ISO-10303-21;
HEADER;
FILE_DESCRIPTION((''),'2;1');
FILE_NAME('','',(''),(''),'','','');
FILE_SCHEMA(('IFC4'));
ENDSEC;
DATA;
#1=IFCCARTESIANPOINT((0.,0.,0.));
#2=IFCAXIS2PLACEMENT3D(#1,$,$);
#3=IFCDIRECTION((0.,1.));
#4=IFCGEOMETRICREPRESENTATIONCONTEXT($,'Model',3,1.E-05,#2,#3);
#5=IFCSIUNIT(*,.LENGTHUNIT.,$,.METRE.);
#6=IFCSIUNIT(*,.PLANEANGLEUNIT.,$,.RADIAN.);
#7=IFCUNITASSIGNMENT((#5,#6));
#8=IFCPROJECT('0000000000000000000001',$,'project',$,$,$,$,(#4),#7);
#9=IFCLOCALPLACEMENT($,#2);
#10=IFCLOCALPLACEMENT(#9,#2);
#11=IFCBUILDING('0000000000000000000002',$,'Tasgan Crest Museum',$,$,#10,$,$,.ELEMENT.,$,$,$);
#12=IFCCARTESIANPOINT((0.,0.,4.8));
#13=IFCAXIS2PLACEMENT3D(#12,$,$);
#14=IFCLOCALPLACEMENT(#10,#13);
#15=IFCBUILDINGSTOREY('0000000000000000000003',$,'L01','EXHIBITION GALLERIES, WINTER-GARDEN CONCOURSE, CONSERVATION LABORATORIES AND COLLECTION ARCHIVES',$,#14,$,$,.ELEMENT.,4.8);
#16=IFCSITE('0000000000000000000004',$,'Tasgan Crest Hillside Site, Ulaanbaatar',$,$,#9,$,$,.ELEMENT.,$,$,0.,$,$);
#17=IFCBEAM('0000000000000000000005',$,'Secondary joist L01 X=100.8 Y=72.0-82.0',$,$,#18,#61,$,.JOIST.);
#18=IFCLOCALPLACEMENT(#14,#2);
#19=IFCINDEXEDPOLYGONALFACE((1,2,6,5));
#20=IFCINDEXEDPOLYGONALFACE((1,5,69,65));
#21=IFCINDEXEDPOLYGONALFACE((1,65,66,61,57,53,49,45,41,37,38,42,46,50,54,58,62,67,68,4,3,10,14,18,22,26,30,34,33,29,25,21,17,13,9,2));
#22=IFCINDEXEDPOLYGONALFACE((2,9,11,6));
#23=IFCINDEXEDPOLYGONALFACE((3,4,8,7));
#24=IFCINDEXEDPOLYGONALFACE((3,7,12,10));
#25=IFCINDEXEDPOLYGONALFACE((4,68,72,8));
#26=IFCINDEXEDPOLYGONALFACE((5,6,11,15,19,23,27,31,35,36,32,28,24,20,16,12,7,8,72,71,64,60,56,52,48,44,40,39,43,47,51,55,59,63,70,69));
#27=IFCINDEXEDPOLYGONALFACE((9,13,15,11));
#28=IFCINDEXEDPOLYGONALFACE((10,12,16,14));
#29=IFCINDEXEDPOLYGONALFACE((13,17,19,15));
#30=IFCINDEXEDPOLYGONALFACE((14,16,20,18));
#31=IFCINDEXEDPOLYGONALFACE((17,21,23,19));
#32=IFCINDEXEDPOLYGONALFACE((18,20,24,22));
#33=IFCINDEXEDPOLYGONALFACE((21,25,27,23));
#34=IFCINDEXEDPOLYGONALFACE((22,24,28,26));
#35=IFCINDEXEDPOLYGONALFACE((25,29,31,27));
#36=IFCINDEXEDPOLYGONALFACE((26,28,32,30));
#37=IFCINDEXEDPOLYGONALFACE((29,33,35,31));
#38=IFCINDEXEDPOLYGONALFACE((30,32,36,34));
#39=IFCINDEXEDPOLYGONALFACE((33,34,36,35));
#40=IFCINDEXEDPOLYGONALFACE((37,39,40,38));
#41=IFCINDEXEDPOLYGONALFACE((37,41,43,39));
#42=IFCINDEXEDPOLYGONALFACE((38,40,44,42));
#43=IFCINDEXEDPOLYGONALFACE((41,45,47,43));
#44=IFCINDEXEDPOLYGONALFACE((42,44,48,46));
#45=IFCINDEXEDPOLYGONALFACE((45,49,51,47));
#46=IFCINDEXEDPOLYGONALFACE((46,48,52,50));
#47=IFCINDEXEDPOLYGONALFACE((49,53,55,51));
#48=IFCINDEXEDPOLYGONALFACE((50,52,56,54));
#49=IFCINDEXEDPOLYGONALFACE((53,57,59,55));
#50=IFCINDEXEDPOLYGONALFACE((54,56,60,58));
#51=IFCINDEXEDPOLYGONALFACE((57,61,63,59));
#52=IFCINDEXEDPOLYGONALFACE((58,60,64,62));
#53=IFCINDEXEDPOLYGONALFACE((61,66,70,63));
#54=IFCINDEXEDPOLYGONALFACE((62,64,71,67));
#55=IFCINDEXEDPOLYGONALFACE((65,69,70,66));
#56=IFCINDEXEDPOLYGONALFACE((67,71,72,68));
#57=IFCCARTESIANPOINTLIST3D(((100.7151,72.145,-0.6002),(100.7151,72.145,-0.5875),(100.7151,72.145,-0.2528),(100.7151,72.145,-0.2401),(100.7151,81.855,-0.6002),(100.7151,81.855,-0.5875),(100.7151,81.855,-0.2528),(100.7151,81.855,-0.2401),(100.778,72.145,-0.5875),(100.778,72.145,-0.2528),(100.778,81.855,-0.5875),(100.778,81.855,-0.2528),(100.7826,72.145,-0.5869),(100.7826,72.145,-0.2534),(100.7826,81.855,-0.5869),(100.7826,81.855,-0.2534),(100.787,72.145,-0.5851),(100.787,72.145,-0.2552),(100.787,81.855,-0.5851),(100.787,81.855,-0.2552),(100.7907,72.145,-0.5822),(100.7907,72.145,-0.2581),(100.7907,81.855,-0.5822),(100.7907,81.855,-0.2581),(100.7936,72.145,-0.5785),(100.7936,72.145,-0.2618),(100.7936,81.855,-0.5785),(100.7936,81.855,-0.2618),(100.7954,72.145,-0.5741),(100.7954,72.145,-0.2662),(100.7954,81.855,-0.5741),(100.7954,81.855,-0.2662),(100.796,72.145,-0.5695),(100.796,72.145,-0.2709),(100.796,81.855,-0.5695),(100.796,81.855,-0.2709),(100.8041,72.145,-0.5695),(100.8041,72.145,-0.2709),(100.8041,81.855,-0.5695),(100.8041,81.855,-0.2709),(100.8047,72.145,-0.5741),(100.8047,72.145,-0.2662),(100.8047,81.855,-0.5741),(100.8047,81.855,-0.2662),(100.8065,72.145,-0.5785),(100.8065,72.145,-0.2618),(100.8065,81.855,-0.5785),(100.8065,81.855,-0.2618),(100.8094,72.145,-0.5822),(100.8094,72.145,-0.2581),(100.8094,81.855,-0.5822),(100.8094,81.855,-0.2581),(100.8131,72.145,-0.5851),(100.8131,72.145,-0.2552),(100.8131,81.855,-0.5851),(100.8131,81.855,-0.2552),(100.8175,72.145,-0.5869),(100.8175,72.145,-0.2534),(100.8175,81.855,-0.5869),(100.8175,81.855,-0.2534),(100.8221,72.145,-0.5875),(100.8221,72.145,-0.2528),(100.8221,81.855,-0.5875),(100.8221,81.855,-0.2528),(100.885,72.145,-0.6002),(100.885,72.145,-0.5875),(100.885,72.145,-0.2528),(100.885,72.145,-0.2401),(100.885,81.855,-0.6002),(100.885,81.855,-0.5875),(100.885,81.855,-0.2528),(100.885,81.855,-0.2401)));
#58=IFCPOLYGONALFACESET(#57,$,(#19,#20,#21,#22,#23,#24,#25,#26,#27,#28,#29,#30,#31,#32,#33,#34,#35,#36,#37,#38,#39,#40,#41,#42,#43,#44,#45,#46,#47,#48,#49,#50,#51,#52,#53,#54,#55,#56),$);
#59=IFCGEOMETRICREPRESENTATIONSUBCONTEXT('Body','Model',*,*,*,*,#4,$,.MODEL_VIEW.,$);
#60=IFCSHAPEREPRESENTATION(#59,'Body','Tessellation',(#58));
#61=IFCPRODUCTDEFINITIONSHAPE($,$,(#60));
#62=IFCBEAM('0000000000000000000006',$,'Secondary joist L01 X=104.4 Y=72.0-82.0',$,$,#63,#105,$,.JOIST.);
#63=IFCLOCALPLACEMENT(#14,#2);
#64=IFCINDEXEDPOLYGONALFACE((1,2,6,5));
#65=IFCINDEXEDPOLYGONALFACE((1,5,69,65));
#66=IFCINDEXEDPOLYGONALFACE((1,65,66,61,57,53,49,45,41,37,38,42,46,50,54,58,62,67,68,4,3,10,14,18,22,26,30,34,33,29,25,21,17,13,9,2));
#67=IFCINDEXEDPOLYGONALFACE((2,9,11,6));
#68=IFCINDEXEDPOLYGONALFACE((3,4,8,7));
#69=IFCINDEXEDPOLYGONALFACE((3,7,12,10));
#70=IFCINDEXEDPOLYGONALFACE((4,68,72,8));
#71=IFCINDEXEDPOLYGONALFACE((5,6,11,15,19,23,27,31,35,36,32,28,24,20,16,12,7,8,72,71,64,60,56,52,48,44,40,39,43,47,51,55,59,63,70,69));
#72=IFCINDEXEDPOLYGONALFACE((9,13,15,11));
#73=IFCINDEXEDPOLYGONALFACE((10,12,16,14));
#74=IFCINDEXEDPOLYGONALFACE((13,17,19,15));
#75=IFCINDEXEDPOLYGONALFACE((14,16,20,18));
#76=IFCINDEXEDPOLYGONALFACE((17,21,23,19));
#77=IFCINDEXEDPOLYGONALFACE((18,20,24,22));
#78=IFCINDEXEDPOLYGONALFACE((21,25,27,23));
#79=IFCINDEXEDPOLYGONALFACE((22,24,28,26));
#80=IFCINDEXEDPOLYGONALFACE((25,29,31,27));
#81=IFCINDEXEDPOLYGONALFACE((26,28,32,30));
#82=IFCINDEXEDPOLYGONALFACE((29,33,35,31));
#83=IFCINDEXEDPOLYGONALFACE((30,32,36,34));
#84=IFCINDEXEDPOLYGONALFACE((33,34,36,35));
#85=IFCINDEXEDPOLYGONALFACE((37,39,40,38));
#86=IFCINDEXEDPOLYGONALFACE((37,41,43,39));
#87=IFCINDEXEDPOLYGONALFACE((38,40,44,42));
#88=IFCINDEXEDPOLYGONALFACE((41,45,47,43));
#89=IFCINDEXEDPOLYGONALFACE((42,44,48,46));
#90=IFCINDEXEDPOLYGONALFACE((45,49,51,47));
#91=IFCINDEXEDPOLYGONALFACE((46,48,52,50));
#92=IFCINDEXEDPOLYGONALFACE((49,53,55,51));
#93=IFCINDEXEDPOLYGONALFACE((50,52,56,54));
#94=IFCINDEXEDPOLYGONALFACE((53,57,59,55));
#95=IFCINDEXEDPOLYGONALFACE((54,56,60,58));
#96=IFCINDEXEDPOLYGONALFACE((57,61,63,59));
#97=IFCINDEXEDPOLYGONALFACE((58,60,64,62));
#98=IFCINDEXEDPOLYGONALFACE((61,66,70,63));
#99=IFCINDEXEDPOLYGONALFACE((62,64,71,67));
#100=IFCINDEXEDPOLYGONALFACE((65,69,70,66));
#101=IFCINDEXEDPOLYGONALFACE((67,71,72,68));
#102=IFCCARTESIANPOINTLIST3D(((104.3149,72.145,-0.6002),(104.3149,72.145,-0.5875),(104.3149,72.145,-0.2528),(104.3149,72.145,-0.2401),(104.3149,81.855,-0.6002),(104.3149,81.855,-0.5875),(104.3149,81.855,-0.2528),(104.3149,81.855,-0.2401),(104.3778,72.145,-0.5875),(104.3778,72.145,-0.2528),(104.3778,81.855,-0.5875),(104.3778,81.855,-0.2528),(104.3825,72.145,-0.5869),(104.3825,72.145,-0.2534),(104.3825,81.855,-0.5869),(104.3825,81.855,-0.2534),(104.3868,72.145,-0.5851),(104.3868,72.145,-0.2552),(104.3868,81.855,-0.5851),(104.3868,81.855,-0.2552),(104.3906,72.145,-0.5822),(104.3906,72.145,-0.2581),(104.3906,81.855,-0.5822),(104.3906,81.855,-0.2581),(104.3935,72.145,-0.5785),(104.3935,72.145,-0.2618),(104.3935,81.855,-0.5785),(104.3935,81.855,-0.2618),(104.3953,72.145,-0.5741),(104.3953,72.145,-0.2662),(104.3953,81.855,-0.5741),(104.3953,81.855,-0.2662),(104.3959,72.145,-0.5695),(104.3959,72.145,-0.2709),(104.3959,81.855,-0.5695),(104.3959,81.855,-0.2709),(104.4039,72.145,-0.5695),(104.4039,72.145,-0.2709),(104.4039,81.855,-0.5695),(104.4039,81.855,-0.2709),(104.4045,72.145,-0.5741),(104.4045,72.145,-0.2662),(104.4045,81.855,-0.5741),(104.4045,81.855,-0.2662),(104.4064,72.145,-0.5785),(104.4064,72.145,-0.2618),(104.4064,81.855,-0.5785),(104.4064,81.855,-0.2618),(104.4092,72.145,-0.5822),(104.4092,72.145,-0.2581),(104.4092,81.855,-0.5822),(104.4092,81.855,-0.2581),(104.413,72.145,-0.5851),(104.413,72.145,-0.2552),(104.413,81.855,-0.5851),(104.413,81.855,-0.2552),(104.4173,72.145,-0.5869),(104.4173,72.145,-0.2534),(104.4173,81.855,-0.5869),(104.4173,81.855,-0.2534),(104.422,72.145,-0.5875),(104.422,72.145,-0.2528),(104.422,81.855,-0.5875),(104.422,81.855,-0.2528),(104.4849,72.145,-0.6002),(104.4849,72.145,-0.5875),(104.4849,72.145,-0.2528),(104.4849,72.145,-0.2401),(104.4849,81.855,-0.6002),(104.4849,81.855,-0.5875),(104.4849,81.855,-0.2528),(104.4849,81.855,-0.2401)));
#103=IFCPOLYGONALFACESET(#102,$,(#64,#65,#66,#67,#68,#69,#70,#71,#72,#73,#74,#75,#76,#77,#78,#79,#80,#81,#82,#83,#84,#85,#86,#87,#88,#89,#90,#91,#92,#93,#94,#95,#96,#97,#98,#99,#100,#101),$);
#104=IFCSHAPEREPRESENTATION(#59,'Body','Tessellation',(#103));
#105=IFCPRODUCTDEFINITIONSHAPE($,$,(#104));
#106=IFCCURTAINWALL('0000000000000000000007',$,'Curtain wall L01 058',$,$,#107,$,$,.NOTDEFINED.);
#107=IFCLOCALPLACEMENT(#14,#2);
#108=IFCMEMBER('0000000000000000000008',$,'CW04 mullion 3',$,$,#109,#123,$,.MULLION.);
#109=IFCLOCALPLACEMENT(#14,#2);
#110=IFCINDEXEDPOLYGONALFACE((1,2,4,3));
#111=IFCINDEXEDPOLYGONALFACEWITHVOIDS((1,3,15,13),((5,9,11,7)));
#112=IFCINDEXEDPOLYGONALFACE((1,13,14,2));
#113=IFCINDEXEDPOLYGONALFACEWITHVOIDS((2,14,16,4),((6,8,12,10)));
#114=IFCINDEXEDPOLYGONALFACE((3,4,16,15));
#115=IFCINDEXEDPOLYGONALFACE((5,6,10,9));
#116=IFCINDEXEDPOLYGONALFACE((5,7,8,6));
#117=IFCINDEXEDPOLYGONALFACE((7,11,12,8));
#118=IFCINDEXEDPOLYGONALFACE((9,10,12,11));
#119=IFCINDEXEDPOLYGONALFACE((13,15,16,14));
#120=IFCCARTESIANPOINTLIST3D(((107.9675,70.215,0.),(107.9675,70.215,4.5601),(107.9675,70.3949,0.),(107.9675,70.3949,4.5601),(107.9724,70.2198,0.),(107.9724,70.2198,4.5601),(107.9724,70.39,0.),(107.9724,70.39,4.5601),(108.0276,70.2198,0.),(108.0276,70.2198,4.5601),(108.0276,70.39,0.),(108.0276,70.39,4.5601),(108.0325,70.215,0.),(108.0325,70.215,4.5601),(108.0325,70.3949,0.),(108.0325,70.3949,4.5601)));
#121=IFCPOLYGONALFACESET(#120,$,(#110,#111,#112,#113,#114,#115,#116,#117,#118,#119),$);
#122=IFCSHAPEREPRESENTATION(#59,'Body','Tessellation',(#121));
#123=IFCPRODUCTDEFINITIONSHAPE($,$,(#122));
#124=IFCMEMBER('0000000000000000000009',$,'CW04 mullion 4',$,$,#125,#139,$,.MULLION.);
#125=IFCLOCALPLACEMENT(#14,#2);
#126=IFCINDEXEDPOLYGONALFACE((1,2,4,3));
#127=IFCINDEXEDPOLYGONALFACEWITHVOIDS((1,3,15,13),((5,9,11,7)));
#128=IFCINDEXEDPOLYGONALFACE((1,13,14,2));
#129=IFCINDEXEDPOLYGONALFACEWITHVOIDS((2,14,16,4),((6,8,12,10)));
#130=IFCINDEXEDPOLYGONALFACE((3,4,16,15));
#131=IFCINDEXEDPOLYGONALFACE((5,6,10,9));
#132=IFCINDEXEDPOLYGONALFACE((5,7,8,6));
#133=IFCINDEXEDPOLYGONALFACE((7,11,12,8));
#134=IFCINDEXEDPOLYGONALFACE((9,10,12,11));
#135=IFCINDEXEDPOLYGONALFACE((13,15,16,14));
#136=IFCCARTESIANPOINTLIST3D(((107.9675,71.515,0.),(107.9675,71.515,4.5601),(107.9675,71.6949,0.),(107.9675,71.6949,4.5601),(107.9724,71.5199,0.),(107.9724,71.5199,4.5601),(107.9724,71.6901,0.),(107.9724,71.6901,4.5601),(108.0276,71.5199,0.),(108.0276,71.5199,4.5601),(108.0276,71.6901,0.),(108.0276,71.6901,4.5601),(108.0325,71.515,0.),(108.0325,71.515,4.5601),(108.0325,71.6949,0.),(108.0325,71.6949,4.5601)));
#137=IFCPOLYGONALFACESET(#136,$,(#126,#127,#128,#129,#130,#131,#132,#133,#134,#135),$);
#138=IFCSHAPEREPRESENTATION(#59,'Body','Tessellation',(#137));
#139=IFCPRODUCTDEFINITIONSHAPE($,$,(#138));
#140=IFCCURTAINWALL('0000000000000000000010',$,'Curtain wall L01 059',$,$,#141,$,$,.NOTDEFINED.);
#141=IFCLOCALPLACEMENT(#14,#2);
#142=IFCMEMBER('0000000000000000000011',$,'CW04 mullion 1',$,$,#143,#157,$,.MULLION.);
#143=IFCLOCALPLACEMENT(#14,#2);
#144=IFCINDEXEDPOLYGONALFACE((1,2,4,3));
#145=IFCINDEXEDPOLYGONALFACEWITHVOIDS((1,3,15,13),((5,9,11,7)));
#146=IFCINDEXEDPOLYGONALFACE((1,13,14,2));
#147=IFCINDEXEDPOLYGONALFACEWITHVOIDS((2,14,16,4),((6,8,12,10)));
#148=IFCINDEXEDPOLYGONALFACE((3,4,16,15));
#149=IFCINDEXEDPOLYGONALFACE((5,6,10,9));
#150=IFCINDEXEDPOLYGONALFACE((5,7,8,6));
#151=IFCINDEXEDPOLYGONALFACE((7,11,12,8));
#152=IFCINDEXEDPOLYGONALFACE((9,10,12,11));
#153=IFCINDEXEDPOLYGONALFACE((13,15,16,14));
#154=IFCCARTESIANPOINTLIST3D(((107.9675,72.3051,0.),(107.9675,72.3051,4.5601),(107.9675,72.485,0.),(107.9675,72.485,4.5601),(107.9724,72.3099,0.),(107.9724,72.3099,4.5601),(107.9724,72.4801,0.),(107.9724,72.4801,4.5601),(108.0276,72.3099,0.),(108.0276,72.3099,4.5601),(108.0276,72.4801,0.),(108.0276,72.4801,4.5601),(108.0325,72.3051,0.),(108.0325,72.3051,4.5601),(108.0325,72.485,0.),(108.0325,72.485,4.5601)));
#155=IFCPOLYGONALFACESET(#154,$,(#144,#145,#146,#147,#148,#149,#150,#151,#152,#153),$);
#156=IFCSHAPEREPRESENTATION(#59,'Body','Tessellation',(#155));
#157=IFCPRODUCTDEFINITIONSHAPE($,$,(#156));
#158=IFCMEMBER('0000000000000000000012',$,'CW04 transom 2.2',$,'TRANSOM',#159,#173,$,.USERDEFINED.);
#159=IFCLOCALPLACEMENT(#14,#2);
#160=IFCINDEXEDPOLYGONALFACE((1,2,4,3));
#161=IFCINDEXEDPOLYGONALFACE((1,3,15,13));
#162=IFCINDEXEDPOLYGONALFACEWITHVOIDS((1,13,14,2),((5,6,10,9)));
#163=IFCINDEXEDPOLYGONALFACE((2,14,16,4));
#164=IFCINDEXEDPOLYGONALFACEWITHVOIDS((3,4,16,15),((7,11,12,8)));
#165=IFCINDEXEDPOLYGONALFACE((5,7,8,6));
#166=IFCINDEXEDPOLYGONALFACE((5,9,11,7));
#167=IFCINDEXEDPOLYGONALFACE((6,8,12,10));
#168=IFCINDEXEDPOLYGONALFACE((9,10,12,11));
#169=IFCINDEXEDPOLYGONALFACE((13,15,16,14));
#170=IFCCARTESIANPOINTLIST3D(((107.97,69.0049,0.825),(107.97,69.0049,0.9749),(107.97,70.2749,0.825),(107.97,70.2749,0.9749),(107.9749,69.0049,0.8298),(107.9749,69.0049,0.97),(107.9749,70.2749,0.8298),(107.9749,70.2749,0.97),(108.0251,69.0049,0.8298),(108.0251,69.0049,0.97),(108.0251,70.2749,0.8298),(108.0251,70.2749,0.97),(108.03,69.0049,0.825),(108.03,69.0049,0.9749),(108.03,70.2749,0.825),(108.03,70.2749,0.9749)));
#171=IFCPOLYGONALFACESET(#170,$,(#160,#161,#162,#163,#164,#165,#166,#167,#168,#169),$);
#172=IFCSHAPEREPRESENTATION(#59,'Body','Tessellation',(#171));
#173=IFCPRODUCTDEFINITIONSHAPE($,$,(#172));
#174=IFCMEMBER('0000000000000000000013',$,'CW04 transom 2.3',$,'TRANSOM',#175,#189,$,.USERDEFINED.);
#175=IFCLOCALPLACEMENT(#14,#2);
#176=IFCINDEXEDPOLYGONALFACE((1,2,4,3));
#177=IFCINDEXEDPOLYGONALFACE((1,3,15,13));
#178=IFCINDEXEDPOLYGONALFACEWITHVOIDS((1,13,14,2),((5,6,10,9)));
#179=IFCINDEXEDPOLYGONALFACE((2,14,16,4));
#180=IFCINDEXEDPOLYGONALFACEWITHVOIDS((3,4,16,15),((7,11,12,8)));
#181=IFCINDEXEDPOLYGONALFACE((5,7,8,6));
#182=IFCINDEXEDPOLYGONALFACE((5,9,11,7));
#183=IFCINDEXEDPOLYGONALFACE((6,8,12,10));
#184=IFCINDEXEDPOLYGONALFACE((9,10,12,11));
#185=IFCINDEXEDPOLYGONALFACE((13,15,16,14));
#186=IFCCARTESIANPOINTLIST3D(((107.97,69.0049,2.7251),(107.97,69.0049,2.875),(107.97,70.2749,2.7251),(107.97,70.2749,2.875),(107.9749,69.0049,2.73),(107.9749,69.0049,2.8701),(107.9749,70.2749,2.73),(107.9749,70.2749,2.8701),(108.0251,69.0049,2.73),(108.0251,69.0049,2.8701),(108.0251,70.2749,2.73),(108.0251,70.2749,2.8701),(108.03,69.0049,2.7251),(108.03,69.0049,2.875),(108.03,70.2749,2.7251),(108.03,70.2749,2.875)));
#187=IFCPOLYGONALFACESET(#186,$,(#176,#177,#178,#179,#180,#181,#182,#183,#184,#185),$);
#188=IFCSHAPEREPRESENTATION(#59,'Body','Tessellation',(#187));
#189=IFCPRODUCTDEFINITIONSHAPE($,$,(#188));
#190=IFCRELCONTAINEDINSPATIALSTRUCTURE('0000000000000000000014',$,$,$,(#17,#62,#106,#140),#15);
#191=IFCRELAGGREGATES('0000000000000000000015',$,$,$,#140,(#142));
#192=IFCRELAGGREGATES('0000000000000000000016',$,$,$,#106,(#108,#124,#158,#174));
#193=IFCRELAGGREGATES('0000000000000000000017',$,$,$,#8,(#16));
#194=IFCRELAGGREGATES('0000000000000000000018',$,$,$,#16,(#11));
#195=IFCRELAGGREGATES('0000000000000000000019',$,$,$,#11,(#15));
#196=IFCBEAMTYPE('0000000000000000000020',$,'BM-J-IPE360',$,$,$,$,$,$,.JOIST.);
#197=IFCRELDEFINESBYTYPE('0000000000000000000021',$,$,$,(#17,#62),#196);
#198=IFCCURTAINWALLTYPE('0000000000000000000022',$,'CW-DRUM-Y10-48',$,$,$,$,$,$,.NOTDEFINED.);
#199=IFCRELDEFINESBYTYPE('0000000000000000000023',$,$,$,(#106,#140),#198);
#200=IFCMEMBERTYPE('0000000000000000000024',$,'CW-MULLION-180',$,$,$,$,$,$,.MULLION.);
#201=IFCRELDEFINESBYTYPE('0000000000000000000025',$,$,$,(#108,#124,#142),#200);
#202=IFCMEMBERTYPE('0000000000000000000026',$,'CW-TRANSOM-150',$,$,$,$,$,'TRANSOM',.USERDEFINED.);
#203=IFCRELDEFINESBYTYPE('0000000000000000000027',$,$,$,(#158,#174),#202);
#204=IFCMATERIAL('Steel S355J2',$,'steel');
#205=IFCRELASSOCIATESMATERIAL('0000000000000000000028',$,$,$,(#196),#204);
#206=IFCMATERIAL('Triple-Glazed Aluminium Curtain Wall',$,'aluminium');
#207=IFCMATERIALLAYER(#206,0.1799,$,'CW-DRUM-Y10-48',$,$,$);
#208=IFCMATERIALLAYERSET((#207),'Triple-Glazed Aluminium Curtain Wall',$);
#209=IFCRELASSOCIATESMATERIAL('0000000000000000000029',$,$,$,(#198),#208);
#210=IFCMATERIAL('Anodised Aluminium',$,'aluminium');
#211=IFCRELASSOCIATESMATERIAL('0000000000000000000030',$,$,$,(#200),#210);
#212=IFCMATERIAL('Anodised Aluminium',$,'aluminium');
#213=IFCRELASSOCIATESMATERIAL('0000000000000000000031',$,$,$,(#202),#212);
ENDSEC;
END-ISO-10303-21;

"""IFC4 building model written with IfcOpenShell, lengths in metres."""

from ifc_helpers import new_model, si_unit, direction, frame, origin, origin_2d, place, context, subcontext, project, spatial, hollow_rectangle, i_section, extrude, material, layer, layer_set, material_profile, profile_set, type_object, element, aggregate, save


model = new_model("IFC4")

# Units and contexts
model_context = context("Model", 3, precision=1e-05, world=origin(), true_north=direction((0.0, 1.0)))
body_context = subcontext(model_context, "Body", "Model", "MODEL_VIEW")
ifc_project = project(units=[si_unit("LENGTHUNIT", "METRE"), si_unit("PLANEANGLEUNIT", "RADIAN")], contexts=[model_context])

# Site, building, storey
site_placement = place(None, origin())
site = spatial("IfcSite", under=ifc_project, at=site_placement, Name="Tasgan Crest Hillside Site, Ulaanbaatar", CompositionType="ELEMENT", RefElevation=0.0)
building_placement = place(site_placement, origin())
building = spatial("IfcBuilding", under=site, at=building_placement, Name="Tasgan Crest Museum", CompositionType="ELEMENT")
storey_placement = place(building_placement, frame((0.0, 0.0, 4.8)))
storey = spatial("IfcBuildingStorey", under=building, at=storey_placement, Name="L01", Description="EXHIBITION GALLERIES, WINTER-GARDEN CONCOURSE, CONSERVATION LABORATORIES AND COLLECTION ARCHIVES", CompositionType="ELEMENT", Elevation=4.8)

# Beams
ifc_material_1 = material(Name="Steel S355J2", Category="steel")
ifc_material_profile_1 = material_profile(ifc_material_1, i_section(OverallWidth=0.1699, OverallDepth=0.3601, WebThickness=0.0081, FlangeThickness=0.0127, FilletRadius=0.0181, at=origin_2d()), Name="IPE 360")
ifc_profile_set_1 = profile_set([ifc_material_profile_1], Name="Steel S355J2")
beam_type_1 = type_object("IfcBeamType", Name="BM-J-IPE360", PredefinedType="JOIST", material=ifc_profile_set_1)
for number, where, z_axis, x_axis, name in (
    (1, (100.8, 72.145, -0.4202), (0.0, 1.0, 0.0), (-1.0, 0.0, 0.0), "Secondary joist L01 X=100.8 Y=72.0-82.0"),
    (2, (104.3999, 72.145, -0.4202), (0.0, 1.0, 0.0), (-1.0, 0.0, 0.0), "Secondary joist L01 X=104.4 Y=72.0-82.0"),
):
    element("IfcBeam", number, at=place(storey_placement, frame(where, z_axis=z_axis, x_axis=x_axis)), inside=storey, type_object=beam_type_1, Name=name, PredefinedType="JOIST", context=body_context, shape_type="SweptSolid", body=[
        extrude(i_section(OverallWidth=0.1699, OverallDepth=0.3601, WebThickness=0.0081, FlangeThickness=0.0127, FilletRadius=0.0181, at=origin_2d()), origin(), (0.0, 0.0, 1.0), 9.71),
    ])

# Curtain wall, members
ifc_material_2 = material(Name="Triple-Glazed Aluminium Curtain Wall", Category="aluminium")
ifc_layer_1 = layer(ifc_material_2, 0.1799, Name="CW-DRUM-Y10-48")
ifc_layer_set_1 = layer_set([ifc_layer_1], Name="Triple-Glazed Aluminium Curtain Wall")
curtain_wall_type = type_object("IfcCurtainWallType", Name="CW-DRUM-Y10-48", PredefinedType="NOTDEFINED", material=ifc_layer_set_1)
curtain_wall_1_placement = place(storey_placement, origin())
curtain_wall_1 = element("IfcCurtainWall", 3, at=curtain_wall_1_placement, inside=storey, type_object=curtain_wall_type, Name="Curtain wall L01 058", PredefinedType="NOTDEFINED")
ifc_material_3 = material(Name="Anodised Aluminium", Category="aluminium")
ifc_material_profile_2 = material_profile(ifc_material_3, hollow_rectangle(XDim=0.0649, YDim=0.1799, WallThickness=0.0049, at=origin_2d()), Name="ALU MULLION 180x65x5")
ifc_profile_set_2 = profile_set([ifc_material_profile_2], Name="Anodised Aluminium")
member_type_1 = type_object("IfcMemberType", Name="CW-MULLION-180", PredefinedType="MULLION", material=ifc_profile_set_2)
member_1_placement = place(storey_placement, frame((108.0, 70.3049, 0.0), z_axis=(0.0, 0.0, 1.0), x_axis=(-1.0, 0.0, 0.0)))
member_1 = element("IfcMember", 4, at=member_1_placement, type_object=member_type_1, Name="CW04 mullion 3", PredefinedType="MULLION", context=body_context, shape_type="SweptSolid", body=[
    extrude(hollow_rectangle(XDim=0.0649, YDim=0.1799, WallThickness=0.0049, at=origin_2d()), origin(), (0.0, 0.0, 1.0), 4.5601),
])
member_2_placement = place(storey_placement, frame((108.0, 71.605, 0.0), z_axis=(0.0, 0.0, 1.0), x_axis=(-1.0, 0.0, 0.0)))
member_2 = element("IfcMember", 5, at=member_2_placement, type_object=member_type_1, Name="CW04 mullion 4", PredefinedType="MULLION", context=body_context, shape_type="SweptSolid", body=[
    extrude(hollow_rectangle(XDim=0.0649, YDim=0.1799, WallThickness=0.0049, at=origin_2d()), origin(), (0.0, 0.0, 1.0), 4.5601),
])

# Curtain wall, member
curtain_wall_2_placement = place(storey_placement, origin())
curtain_wall_2 = element("IfcCurtainWall", 6, at=curtain_wall_2_placement, inside=storey, type_object=curtain_wall_type, Name="Curtain wall L01 059", PredefinedType="NOTDEFINED")
member_3_placement = place(storey_placement, frame((108.0, 72.395, 0.0), z_axis=(0.0, 0.0, 1.0), x_axis=(-1.0, 0.0, 0.0)))
member_3 = element("IfcMember", 7, at=member_3_placement, type_object=member_type_1, Name="CW04 mullion 1", PredefinedType="MULLION", context=body_context, shape_type="SweptSolid", body=[
    extrude(hollow_rectangle(XDim=0.0649, YDim=0.1799, WallThickness=0.0049, at=origin_2d()), origin(), (0.0, 0.0, 1.0), 4.5601),
])
aggregate(curtain_wall_2, [member_3])

# Members
ifc_material_4 = material(Name="Anodised Aluminium", Category="aluminium")
ifc_material_profile_3 = material_profile(ifc_material_4, hollow_rectangle(XDim=0.0601, YDim=0.1499, WallThickness=0.0049, at=origin_2d()), Name="ALU TRANSOM 150x60x5")
ifc_profile_set_3 = profile_set([ifc_material_profile_3], Name="Anodised Aluminium")
member_type_2 = type_object("IfcMemberType", Name="CW-TRANSOM-150", ElementType="TRANSOM", PredefinedType="USERDEFINED", material=ifc_profile_set_3)
member_4_placement = place(storey_placement, frame((108.0, 69.0049, 0.8999), z_axis=(0.0, 1.0, 0.0), x_axis=(-1.0, 0.0, 0.0)))
member_4 = element("IfcMember", 8, at=member_4_placement, type_object=member_type_2, Name="CW04 transom 2.2", ObjectType="TRANSOM", PredefinedType="USERDEFINED", context=body_context, shape_type="SweptSolid", body=[
    extrude(hollow_rectangle(XDim=0.0601, YDim=0.1499, WallThickness=0.0049, at=origin_2d()), origin(), (0.0, 0.0, 1.0), 1.27),
])
member_5_placement = place(storey_placement, frame((108.0, 69.0049, 2.8), z_axis=(0.0, 1.0, 0.0), x_axis=(-1.0, 0.0, 0.0)))
member_5 = element("IfcMember", 9, at=member_5_placement, type_object=member_type_2, Name="CW04 transom 2.3", ObjectType="TRANSOM", PredefinedType="USERDEFINED", context=body_context, shape_type="SweptSolid", body=[
    extrude(hollow_rectangle(XDim=0.0601, YDim=0.1499, WallThickness=0.0049, at=origin_2d()), origin(), (0.0, 0.0, 1.0), 1.27),
])

aggregate(curtain_wall_1, [member_1, member_2, member_4, member_5])

save(model, "model.ifc")
